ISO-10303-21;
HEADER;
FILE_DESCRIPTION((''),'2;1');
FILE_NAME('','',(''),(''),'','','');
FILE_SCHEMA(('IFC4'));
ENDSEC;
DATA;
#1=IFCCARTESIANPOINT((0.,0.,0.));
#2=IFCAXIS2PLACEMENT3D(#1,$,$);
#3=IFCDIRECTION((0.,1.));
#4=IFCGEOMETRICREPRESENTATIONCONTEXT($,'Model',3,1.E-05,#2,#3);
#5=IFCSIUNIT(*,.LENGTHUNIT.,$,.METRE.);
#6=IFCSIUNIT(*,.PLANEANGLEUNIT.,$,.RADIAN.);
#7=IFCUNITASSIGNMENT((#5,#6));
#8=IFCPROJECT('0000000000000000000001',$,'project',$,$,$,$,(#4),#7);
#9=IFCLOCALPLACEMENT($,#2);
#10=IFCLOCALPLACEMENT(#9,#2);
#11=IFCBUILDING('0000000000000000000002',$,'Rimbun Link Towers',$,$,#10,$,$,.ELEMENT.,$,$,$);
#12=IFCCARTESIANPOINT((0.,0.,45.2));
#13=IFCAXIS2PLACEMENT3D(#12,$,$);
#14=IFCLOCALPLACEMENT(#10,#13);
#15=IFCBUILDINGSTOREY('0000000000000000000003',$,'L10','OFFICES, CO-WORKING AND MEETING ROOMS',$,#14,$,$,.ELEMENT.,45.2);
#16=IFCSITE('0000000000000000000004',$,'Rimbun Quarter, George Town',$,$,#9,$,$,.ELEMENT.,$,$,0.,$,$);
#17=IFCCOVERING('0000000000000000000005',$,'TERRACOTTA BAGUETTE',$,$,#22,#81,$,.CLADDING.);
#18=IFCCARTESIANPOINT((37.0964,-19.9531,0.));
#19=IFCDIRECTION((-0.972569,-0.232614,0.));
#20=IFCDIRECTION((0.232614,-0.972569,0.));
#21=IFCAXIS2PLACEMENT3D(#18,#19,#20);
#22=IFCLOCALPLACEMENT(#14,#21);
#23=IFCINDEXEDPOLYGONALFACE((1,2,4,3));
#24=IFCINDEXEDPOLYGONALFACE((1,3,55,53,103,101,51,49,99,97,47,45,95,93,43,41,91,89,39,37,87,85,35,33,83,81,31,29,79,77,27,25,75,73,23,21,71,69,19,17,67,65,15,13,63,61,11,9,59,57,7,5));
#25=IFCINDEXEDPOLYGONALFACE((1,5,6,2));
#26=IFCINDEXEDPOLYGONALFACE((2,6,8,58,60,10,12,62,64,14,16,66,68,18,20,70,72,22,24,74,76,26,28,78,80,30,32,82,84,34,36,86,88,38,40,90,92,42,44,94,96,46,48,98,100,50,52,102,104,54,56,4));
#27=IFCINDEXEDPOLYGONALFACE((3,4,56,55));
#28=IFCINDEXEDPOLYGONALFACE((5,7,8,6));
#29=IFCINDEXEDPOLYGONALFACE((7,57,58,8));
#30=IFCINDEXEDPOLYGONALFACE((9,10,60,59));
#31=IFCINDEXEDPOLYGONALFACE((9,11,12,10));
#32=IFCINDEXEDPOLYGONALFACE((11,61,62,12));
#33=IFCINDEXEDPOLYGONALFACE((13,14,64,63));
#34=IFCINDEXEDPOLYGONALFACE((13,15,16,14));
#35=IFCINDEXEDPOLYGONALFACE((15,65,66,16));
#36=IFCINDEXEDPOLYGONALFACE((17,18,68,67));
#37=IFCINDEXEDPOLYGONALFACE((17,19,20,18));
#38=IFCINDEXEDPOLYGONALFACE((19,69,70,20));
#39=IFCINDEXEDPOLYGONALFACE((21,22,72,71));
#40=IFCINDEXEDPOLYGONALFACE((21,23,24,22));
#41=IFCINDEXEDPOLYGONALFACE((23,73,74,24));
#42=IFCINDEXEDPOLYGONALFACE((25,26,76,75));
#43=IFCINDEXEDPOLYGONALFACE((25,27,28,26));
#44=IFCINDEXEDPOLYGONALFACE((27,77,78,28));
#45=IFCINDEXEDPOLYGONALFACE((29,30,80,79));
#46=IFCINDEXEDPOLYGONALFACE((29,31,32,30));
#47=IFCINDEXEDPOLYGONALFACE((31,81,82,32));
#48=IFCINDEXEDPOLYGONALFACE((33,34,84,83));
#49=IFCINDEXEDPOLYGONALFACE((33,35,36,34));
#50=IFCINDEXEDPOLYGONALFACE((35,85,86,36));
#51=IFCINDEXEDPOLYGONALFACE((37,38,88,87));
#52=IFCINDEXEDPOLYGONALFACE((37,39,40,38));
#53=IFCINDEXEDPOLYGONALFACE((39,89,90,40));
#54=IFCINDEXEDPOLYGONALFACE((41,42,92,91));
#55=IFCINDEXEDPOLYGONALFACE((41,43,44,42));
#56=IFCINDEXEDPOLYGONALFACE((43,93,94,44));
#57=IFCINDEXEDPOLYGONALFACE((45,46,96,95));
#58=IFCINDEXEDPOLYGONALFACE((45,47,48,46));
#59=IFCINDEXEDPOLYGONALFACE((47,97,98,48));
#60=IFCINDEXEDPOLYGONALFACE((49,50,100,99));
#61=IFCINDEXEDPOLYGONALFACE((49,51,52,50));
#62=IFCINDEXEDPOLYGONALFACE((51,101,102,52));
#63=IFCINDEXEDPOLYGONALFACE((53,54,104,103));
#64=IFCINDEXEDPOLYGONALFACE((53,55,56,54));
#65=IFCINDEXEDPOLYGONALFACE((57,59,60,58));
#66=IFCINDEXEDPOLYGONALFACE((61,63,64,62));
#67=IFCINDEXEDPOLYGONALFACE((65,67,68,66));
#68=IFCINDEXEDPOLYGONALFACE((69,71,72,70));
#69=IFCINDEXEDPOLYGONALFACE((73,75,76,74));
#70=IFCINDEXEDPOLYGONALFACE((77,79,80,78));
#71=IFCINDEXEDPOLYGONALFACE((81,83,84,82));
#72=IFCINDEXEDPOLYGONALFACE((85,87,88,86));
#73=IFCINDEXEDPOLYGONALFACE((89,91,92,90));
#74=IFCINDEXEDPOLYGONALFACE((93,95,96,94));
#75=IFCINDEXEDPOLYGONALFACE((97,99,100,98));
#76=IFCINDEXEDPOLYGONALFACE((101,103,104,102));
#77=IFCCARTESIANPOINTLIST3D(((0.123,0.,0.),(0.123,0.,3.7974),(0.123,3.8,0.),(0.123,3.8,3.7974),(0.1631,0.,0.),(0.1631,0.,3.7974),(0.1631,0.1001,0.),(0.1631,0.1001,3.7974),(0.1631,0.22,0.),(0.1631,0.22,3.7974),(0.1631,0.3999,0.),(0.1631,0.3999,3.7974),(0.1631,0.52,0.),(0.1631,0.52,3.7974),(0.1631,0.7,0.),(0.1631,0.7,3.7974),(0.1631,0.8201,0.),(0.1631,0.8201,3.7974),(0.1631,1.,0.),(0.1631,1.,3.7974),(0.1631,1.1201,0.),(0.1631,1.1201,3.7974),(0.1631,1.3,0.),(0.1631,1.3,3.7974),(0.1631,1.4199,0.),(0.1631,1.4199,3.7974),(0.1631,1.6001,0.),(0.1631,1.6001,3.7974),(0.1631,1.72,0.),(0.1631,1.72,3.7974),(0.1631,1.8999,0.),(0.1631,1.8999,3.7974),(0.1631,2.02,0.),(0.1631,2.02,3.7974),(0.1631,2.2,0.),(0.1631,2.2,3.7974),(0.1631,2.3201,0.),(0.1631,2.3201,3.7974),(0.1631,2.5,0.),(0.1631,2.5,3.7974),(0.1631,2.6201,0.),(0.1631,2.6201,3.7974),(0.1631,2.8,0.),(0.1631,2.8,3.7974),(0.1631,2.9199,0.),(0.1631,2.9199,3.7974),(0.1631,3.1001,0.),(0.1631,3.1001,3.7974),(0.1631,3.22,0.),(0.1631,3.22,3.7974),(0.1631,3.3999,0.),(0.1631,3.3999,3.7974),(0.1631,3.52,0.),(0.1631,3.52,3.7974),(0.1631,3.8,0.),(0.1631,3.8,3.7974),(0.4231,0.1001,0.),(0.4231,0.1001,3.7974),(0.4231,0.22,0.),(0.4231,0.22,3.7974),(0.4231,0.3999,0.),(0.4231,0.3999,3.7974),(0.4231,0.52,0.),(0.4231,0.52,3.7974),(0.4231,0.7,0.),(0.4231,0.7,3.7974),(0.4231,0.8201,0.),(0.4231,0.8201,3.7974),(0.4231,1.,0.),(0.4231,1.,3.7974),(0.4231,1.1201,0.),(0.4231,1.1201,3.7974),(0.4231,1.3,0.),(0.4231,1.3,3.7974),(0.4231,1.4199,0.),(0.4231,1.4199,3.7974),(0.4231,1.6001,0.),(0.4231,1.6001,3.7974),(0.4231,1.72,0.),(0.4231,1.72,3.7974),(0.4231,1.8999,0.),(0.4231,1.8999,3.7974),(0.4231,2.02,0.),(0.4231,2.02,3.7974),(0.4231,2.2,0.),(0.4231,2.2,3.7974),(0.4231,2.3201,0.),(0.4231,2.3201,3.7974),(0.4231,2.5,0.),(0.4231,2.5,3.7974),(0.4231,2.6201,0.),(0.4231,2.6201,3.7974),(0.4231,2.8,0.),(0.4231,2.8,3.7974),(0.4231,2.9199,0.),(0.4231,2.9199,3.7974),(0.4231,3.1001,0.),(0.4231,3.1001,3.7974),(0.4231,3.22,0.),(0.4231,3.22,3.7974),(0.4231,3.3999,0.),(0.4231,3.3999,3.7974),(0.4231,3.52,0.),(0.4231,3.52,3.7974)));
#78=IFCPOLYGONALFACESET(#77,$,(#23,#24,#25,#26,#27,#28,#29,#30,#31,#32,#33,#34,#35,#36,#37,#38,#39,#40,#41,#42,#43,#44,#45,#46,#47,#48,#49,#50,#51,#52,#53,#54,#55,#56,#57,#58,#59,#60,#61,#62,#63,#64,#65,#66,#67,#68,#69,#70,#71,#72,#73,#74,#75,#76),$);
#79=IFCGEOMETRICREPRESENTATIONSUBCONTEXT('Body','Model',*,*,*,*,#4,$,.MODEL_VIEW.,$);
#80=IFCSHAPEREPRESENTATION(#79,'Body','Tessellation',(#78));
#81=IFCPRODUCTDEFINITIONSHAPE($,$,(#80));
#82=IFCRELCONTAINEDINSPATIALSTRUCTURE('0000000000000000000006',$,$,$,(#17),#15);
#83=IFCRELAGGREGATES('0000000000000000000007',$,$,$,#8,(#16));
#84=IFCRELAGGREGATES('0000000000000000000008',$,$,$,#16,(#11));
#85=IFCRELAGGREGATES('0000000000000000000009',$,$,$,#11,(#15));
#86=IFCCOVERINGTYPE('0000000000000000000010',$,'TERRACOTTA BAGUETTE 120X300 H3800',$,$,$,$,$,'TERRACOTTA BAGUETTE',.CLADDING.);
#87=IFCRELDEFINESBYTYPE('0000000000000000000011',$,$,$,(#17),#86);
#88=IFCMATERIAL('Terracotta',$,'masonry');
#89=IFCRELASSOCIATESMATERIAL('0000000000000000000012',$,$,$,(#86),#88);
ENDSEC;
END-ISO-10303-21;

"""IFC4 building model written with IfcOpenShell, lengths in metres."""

from ifc_helpers import new_model, si_unit, direction, frame, origin, place, context, subcontext, project, spatial, polyline, outline, extrude, material, material_profile, profile_set, type_object, element, save


model = new_model("IFC4")

# Units and contexts
model_context = context("Model", 3, precision=1e-05, world=origin(), true_north=direction((0.0, 1.0)))
body_context = subcontext(model_context, "Body", "Model", "MODEL_VIEW")
ifc_project = project(units=[si_unit("LENGTHUNIT", "METRE"), si_unit("PLANEANGLEUNIT", "RADIAN")], contexts=[model_context])

# Site, building, storey
site_placement = place(None, origin())
site = spatial("IfcSite", under=ifc_project, at=site_placement, Name="Rimbun Quarter, George Town", CompositionType="ELEMENT", RefElevation=0.0)
building_placement = place(site_placement, origin())
building = spatial("IfcBuilding", under=site, at=building_placement, Name="Rimbun Link Towers", CompositionType="ELEMENT")
storey_placement = place(building_placement, frame((0.0, 0.0, 45.2)))
storey = spatial("IfcBuildingStorey", under=building, at=storey_placement, Name="L10", Description="OFFICES, CO-WORKING AND MEETING ROOMS", CompositionType="ELEMENT", Elevation=45.2)

# Covering
ifc_material_1 = material(Name="Terracotta", Category="masonry")
ifc_material_profile_1 = material_profile(ifc_material_1, outline(polyline([(0.123, 0.0), (0.1631, 0.0), (0.1631, 0.1001), (0.4231, 0.1001), (0.4231, 0.22), (0.1631, 0.22), (0.1631, 0.3999), (0.4231, 0.3999), (0.4231, 0.52), (0.1631, 0.52), (0.1631, 0.7), (0.4231, 0.7), (0.4231, 0.8201), (0.1631, 0.8201), (0.1631, 1.0), (0.4231, 1.0), (0.4231, 1.1201), (0.1631, 1.1201), (0.1631, 1.3), (0.4231, 1.3), (0.4231, 1.4199), (0.1631, 1.4199), (0.1631, 1.6001), (0.4231, 1.6001), (0.4231, 1.72), (0.1631, 1.72), (0.1631, 1.8999), (0.4231, 1.8999), (0.4231, 2.02), (0.1631, 2.02), (0.1631, 2.2), (0.4231, 2.2), (0.4231, 2.3201), (0.1631, 2.3201), (0.1631, 2.5), (0.4231, 2.5), (0.4231, 2.6201), (0.1631, 2.6201), (0.1631, 2.8), (0.4231, 2.8), (0.4231, 2.9199), (0.1631, 2.9199), (0.1631, 3.1001), (0.4231, 3.1001), (0.4231, 3.22), (0.1631, 3.22), (0.1631, 3.3999), (0.4231, 3.3999), (0.4231, 3.52), (0.1631, 3.52), (0.1631, 3.8), (0.123, 3.8), (0.123, 0.0)])), Name="BAGUETTE 120X300")
ifc_profile_set_1 = profile_set([ifc_material_profile_1], Name="Terracotta")
covering_type = type_object("IfcCoveringType", Name="TERRACOTTA BAGUETTE 120X300 H3800", ElementType="TERRACOTTA BAGUETTE", PredefinedType="CLADDING", material=ifc_profile_set_1)
covering_1_placement = place(storey_placement, frame((37.0964, -19.9531, 0.0), z_axis=(-0.972569, -0.232614, 0.0), x_axis=(0.232614, -0.972569, 0.0)))
element("IfcCovering", 1, at=covering_1_placement, inside=storey, type_object=covering_type, Name="TERRACOTTA BAGUETTE", PredefinedType="CLADDING", context=body_context, shape_type="SweptSolid", body=[
    extrude(outline(polyline([(0.123, 0.0), (0.1631, 0.0), (0.1631, 0.1001), (0.4231, 0.1001), (0.4231, 0.22), (0.1631, 0.22), (0.1631, 0.3999), (0.4231, 0.3999), (0.4231, 0.52), (0.1631, 0.52), (0.1631, 0.7), (0.4231, 0.7), (0.4231, 0.8201), (0.1631, 0.8201), (0.1631, 1.0), (0.4231, 1.0), (0.4231, 1.1201), (0.1631, 1.1201), (0.1631, 1.3), (0.4231, 1.3), (0.4231, 1.4199), (0.1631, 1.4199), (0.1631, 1.6001), (0.4231, 1.6001), (0.4231, 1.72), (0.1631, 1.72), (0.1631, 1.8999), (0.4231, 1.8999), (0.4231, 2.02), (0.1631, 2.02), (0.1631, 2.2), (0.4231, 2.2), (0.4231, 2.3201), (0.1631, 2.3201), (0.1631, 2.5), (0.4231, 2.5), (0.4231, 2.6201), (0.1631, 2.6201), (0.1631, 2.8), (0.4231, 2.8), (0.4231, 2.9199), (0.1631, 2.9199), (0.1631, 3.1001), (0.4231, 3.1001), (0.4231, 3.22), (0.1631, 3.22), (0.1631, 3.3999), (0.4231, 3.3999), (0.4231, 3.52), (0.1631, 3.52), (0.1631, 3.8), (0.123, 3.8), (0.123, 0.0)])), origin(), (0.0, 0.0, 1.0), 3.7974),
])

save(model, "model.ifc")
